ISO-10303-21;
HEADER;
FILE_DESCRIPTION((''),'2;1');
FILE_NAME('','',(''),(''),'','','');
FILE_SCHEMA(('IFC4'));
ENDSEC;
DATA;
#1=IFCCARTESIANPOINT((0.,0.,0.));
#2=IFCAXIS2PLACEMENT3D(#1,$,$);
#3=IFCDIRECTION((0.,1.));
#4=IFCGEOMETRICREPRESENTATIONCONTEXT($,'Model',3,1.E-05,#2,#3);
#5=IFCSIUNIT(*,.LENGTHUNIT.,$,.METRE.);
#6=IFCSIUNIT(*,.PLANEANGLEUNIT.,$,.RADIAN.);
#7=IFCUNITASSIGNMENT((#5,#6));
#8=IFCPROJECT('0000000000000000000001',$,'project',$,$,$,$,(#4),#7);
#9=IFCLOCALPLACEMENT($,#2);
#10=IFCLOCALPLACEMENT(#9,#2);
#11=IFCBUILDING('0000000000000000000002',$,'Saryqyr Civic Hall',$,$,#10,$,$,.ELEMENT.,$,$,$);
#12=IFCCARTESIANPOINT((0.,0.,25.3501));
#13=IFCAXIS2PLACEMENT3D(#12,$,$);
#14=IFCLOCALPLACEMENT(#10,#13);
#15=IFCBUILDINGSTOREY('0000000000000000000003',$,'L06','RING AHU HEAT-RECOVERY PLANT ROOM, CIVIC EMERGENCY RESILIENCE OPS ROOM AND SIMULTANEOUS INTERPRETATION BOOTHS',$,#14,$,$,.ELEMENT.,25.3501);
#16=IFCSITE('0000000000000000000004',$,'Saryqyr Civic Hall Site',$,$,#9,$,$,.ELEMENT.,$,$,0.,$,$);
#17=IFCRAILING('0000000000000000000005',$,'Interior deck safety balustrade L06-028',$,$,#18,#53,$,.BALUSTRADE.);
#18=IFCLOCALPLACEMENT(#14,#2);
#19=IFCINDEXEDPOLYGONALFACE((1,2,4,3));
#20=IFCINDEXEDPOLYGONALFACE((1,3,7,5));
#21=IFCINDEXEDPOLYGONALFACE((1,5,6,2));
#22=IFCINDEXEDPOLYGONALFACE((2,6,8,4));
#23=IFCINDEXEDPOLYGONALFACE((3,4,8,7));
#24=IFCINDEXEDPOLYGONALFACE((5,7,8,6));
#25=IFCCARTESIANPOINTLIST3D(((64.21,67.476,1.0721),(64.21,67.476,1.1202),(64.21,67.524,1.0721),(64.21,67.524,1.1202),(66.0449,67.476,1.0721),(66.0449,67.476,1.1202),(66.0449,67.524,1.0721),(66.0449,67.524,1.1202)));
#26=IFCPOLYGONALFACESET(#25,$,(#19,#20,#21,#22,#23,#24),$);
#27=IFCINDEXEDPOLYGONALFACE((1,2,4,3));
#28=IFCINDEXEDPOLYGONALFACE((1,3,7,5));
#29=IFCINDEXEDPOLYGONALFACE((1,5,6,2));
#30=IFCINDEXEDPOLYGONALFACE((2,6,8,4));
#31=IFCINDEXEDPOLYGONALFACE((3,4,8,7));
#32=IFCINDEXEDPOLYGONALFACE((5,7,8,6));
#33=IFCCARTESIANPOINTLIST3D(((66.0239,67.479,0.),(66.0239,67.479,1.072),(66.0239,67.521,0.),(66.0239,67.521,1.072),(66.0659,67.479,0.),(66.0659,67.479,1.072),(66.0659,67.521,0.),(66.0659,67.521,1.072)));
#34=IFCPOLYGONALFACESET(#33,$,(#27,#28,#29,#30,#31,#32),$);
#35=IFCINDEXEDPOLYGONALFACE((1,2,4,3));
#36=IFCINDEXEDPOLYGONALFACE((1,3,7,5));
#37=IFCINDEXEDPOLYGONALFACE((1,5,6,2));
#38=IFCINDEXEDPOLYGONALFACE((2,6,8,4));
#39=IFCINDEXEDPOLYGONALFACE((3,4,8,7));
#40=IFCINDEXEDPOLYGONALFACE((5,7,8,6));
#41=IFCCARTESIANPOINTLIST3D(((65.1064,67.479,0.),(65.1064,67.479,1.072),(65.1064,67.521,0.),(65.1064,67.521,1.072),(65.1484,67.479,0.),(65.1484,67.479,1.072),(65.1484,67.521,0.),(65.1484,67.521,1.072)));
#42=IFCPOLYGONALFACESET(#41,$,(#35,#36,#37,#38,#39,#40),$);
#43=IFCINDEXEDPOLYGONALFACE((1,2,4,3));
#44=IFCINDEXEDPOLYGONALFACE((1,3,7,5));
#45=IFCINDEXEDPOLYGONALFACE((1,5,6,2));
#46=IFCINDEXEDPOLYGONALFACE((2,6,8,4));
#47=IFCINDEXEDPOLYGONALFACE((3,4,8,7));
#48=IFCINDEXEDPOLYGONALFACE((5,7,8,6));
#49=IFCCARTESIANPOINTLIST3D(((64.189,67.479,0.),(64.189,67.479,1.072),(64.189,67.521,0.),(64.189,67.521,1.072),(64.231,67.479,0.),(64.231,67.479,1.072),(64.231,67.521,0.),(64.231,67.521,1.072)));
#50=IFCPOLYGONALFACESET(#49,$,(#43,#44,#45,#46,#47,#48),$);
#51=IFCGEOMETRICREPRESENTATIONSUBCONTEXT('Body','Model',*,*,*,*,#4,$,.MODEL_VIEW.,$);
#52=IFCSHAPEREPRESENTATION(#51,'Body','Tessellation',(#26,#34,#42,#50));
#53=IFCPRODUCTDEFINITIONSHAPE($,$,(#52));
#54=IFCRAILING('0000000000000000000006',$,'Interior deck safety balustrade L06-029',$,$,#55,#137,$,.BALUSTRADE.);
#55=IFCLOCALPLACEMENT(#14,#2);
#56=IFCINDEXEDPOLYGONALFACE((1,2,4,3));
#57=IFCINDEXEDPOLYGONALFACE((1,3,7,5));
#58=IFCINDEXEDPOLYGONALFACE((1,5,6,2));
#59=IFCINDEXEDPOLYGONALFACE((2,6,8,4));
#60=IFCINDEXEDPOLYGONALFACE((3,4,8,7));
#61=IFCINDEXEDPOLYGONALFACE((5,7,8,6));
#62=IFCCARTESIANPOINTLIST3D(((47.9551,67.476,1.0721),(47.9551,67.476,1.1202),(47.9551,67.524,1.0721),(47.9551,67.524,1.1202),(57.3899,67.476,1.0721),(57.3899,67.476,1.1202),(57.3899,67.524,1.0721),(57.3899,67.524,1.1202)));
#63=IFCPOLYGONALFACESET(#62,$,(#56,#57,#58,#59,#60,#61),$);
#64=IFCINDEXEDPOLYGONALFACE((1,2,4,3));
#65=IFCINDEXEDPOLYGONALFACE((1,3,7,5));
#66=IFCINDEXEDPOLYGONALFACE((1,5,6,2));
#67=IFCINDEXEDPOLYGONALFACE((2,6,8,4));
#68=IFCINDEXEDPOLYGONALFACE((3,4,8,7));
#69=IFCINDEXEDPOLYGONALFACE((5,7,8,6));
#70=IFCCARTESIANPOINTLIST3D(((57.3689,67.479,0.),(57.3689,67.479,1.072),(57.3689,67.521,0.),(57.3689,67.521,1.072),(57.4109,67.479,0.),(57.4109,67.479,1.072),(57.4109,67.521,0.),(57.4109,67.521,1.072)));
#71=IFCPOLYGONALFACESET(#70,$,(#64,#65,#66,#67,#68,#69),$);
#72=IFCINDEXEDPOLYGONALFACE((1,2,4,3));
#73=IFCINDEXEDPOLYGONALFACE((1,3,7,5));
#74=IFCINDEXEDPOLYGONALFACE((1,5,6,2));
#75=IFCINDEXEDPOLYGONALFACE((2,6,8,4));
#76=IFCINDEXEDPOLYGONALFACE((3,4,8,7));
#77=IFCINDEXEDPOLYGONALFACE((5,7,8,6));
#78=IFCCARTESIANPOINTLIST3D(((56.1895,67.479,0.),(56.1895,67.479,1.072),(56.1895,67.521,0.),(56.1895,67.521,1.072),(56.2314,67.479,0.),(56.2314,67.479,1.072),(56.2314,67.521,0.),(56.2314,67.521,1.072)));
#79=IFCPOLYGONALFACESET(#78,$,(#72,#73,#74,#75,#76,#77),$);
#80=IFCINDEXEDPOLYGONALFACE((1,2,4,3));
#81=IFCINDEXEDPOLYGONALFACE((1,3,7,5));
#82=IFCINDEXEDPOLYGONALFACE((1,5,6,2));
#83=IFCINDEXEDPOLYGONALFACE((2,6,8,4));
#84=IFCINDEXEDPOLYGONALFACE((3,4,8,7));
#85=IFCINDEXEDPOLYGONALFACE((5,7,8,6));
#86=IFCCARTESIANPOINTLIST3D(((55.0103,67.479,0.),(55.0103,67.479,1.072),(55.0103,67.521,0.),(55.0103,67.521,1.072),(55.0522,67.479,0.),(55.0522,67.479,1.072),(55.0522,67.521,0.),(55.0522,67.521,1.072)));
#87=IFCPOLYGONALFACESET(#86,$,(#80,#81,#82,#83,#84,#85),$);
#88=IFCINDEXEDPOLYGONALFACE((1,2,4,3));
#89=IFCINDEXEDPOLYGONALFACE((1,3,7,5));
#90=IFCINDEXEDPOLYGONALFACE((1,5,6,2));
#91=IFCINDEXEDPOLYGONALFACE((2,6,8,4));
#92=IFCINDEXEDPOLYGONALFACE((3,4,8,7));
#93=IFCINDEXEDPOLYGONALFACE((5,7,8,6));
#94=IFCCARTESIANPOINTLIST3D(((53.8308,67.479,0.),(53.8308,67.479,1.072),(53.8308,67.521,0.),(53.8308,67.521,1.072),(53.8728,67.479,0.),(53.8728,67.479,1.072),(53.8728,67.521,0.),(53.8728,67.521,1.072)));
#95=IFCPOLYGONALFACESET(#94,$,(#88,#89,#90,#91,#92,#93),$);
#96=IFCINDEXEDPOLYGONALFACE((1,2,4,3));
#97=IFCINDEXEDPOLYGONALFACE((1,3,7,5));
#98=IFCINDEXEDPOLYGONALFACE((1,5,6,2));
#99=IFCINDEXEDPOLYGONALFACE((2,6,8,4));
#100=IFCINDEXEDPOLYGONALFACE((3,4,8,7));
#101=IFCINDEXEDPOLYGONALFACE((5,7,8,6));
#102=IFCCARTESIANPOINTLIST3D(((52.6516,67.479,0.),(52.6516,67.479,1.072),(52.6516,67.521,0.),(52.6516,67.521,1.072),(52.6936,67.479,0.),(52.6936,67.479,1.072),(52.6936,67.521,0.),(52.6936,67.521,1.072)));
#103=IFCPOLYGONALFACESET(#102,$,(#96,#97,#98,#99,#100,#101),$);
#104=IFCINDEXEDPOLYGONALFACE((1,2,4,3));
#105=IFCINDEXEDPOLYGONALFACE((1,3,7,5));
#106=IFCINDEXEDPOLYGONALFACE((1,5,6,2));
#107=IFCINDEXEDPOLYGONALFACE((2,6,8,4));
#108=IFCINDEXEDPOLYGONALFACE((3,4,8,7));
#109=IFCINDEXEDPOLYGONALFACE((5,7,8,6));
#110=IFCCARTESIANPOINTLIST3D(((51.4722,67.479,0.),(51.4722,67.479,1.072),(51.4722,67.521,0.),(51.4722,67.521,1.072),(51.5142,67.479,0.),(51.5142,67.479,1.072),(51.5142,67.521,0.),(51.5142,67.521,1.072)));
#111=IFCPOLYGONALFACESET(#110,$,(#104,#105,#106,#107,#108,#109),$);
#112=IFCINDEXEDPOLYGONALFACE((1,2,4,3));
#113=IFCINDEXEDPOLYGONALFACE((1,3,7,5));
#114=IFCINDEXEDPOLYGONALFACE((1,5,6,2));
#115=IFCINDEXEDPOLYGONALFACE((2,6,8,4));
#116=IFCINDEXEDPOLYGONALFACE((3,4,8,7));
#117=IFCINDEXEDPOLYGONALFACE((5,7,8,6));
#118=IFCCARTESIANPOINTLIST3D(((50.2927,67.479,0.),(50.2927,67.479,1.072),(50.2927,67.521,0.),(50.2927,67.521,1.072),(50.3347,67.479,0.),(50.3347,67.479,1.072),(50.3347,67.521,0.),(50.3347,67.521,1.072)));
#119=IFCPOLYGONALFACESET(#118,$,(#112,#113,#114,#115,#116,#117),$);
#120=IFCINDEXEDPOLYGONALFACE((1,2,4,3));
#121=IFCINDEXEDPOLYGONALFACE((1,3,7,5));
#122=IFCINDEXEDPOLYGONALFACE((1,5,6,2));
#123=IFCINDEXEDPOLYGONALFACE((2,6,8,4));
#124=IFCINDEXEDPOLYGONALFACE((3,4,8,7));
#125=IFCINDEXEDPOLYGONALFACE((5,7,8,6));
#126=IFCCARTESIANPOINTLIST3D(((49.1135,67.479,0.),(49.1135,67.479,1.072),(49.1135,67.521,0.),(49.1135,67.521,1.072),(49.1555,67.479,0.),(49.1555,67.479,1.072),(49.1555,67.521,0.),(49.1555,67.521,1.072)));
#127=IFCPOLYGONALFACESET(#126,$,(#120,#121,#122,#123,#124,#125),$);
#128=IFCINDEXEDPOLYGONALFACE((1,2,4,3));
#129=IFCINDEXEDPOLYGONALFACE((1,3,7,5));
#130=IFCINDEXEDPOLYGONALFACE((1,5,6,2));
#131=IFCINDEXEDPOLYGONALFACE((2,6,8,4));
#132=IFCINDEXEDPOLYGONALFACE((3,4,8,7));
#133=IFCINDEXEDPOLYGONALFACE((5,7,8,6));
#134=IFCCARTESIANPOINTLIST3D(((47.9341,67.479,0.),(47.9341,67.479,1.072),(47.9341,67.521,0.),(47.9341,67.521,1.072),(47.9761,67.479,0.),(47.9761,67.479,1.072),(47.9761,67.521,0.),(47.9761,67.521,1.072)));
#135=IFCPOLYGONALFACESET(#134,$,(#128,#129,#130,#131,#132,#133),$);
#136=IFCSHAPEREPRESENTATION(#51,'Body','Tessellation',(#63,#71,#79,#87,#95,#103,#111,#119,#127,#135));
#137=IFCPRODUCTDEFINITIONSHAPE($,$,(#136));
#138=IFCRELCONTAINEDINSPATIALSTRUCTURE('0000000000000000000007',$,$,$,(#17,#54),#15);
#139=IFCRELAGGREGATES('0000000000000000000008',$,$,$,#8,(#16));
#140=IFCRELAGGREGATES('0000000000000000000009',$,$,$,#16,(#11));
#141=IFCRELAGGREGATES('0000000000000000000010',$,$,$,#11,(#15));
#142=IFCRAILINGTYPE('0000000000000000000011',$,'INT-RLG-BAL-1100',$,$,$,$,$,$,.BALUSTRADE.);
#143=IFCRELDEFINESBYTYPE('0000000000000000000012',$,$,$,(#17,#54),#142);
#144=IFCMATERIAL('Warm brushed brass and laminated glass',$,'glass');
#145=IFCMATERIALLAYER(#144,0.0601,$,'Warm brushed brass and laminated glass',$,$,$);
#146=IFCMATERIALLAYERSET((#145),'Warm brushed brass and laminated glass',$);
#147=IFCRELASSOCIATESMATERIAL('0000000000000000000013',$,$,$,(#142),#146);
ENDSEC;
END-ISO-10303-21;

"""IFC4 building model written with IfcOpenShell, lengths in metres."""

from ifc_helpers import new_model, si_unit, direction, frame, origin, origin_2d, place, context, subcontext, project, spatial, rectangle, extrude, material, layer, layer_set, type_object, element, save


model = new_model("IFC4")

# Units and contexts
model_context = context("Model", 3, precision=1e-05, world=origin(), true_north=direction((0.0, 1.0)))
body_context = subcontext(model_context, "Body", "Model", "MODEL_VIEW")
ifc_project = project(units=[si_unit("LENGTHUNIT", "METRE"), si_unit("PLANEANGLEUNIT", "RADIAN")], contexts=[model_context])

# Site, building, storey
site_placement = place(None, origin())
site = spatial("IfcSite", under=ifc_project, at=site_placement, Name="Saryqyr Civic Hall Site", CompositionType="ELEMENT", RefElevation=0.0)
building_placement = place(site_placement, origin())
building = spatial("IfcBuilding", under=site, at=building_placement, Name="Saryqyr Civic Hall", CompositionType="ELEMENT")
storey_placement = place(building_placement, frame((0.0, 0.0, 25.3501)))
storey = spatial("IfcBuildingStorey", under=building, at=storey_placement, Name="L06", Description="RING AHU HEAT-RECOVERY PLANT ROOM, CIVIC EMERGENCY RESILIENCE OPS ROOM AND SIMULTANEOUS INTERPRETATION BOOTHS", CompositionType="ELEMENT", Elevation=25.3501)

# Railings
ifc_material_1 = material(Name="Warm brushed brass and laminated glass", Category="glass")
ifc_layer_1 = layer(ifc_material_1, 0.0601, Name="Warm brushed brass and laminated glass")
ifc_layer_set_1 = layer_set([ifc_layer_1], Name="Warm brushed brass and laminated glass")
railing_type_1 = type_object("IfcRailingType", Name="INT-RLG-BAL-1100", PredefinedType="BALUSTRADE", material=ifc_layer_set_1)
railing_1_placement = place(storey_placement, frame((66.0449, 67.5, 0.0)))
element("IfcRailing", 1, at=railing_1_placement, inside=storey, type_object=railing_type_1, Name="Interior deck safety balustrade L06-028", PredefinedType="BALUSTRADE", context=body_context, shape_type="SweptSolid", body=[
    extrude(rectangle(XDim=0.0481, YDim=0.0481, at=origin_2d()), frame((0.0, 0.0, 1.0962), z_axis=(-1.0, 0.0, 0.0), x_axis=(0.0, -1.0, 0.0)), (0.0, 0.0, 1.0), 1.835),
    extrude(rectangle(XDim=0.042, YDim=0.042, at=origin_2d()), origin(), (0.0, 0.0, 1.0), 1.072),
    extrude(rectangle(XDim=0.042, YDim=0.042, at=origin_2d()), frame((-0.9175, 0.0, 0.0)), (0.0, 0.0, 1.0), 1.072),
    extrude(rectangle(XDim=0.042, YDim=0.042, at=origin_2d()), frame((-1.835, 0.0, 0.0)), (0.0, 0.0, 1.0), 1.072),
])
railing_2_placement = place(storey_placement, frame((57.3899, 67.5, 0.0)))
element("IfcRailing", 2, at=railing_2_placement, inside=storey, type_object=railing_type_1, Name="Interior deck safety balustrade L06-029", PredefinedType="BALUSTRADE", context=body_context, shape_type="SweptSolid", body=[
    extrude(rectangle(XDim=0.0481, YDim=0.0481, at=origin_2d()), frame((0.0, 0.0, 1.0962), z_axis=(-1.0, 0.0, 0.0), x_axis=(0.0, -1.0, 0.0)), (0.0, 0.0, 1.0), 9.4348),
    extrude(rectangle(XDim=0.042, YDim=0.042, at=origin_2d()), origin(), (0.0, 0.0, 1.0), 1.072),
    extrude(rectangle(XDim=0.042, YDim=0.042, at=origin_2d()), frame((-1.1794, 0.0, 0.0)), (0.0, 0.0, 1.0), 1.072),
    extrude(rectangle(XDim=0.042, YDim=0.042, at=origin_2d()), frame((-2.3586, 0.0, 0.0)), (0.0, 0.0, 1.0), 1.072),
    extrude(rectangle(XDim=0.042, YDim=0.042, at=origin_2d()), frame((-3.5381, 0.0, 0.0)), (0.0, 0.0, 1.0), 1.072),
    extrude(rectangle(XDim=0.042, YDim=0.042, at=origin_2d()), frame((-4.7173, 0.0, 0.0)), (0.0, 0.0, 1.0), 1.072),
    extrude(rectangle(XDim=0.042, YDim=0.042, at=origin_2d()), frame((-5.8967, 0.0, 0.0)), (0.0, 0.0, 1.0), 1.072),
    extrude(rectangle(XDim=0.042, YDim=0.042, at=origin_2d()), frame((-7.0762, 0.0, 0.0)), (0.0, 0.0, 1.0), 1.072),
    extrude(rectangle(XDim=0.042, YDim=0.042, at=origin_2d()), frame((-8.2554, 0.0, 0.0)), (0.0, 0.0, 1.0), 1.072),
    extrude(rectangle(XDim=0.042, YDim=0.042, at=origin_2d()), frame((-9.4348, 0.0, 0.0)), (0.0, 0.0, 1.0), 1.072),
])

save(model, "model.ifc")
